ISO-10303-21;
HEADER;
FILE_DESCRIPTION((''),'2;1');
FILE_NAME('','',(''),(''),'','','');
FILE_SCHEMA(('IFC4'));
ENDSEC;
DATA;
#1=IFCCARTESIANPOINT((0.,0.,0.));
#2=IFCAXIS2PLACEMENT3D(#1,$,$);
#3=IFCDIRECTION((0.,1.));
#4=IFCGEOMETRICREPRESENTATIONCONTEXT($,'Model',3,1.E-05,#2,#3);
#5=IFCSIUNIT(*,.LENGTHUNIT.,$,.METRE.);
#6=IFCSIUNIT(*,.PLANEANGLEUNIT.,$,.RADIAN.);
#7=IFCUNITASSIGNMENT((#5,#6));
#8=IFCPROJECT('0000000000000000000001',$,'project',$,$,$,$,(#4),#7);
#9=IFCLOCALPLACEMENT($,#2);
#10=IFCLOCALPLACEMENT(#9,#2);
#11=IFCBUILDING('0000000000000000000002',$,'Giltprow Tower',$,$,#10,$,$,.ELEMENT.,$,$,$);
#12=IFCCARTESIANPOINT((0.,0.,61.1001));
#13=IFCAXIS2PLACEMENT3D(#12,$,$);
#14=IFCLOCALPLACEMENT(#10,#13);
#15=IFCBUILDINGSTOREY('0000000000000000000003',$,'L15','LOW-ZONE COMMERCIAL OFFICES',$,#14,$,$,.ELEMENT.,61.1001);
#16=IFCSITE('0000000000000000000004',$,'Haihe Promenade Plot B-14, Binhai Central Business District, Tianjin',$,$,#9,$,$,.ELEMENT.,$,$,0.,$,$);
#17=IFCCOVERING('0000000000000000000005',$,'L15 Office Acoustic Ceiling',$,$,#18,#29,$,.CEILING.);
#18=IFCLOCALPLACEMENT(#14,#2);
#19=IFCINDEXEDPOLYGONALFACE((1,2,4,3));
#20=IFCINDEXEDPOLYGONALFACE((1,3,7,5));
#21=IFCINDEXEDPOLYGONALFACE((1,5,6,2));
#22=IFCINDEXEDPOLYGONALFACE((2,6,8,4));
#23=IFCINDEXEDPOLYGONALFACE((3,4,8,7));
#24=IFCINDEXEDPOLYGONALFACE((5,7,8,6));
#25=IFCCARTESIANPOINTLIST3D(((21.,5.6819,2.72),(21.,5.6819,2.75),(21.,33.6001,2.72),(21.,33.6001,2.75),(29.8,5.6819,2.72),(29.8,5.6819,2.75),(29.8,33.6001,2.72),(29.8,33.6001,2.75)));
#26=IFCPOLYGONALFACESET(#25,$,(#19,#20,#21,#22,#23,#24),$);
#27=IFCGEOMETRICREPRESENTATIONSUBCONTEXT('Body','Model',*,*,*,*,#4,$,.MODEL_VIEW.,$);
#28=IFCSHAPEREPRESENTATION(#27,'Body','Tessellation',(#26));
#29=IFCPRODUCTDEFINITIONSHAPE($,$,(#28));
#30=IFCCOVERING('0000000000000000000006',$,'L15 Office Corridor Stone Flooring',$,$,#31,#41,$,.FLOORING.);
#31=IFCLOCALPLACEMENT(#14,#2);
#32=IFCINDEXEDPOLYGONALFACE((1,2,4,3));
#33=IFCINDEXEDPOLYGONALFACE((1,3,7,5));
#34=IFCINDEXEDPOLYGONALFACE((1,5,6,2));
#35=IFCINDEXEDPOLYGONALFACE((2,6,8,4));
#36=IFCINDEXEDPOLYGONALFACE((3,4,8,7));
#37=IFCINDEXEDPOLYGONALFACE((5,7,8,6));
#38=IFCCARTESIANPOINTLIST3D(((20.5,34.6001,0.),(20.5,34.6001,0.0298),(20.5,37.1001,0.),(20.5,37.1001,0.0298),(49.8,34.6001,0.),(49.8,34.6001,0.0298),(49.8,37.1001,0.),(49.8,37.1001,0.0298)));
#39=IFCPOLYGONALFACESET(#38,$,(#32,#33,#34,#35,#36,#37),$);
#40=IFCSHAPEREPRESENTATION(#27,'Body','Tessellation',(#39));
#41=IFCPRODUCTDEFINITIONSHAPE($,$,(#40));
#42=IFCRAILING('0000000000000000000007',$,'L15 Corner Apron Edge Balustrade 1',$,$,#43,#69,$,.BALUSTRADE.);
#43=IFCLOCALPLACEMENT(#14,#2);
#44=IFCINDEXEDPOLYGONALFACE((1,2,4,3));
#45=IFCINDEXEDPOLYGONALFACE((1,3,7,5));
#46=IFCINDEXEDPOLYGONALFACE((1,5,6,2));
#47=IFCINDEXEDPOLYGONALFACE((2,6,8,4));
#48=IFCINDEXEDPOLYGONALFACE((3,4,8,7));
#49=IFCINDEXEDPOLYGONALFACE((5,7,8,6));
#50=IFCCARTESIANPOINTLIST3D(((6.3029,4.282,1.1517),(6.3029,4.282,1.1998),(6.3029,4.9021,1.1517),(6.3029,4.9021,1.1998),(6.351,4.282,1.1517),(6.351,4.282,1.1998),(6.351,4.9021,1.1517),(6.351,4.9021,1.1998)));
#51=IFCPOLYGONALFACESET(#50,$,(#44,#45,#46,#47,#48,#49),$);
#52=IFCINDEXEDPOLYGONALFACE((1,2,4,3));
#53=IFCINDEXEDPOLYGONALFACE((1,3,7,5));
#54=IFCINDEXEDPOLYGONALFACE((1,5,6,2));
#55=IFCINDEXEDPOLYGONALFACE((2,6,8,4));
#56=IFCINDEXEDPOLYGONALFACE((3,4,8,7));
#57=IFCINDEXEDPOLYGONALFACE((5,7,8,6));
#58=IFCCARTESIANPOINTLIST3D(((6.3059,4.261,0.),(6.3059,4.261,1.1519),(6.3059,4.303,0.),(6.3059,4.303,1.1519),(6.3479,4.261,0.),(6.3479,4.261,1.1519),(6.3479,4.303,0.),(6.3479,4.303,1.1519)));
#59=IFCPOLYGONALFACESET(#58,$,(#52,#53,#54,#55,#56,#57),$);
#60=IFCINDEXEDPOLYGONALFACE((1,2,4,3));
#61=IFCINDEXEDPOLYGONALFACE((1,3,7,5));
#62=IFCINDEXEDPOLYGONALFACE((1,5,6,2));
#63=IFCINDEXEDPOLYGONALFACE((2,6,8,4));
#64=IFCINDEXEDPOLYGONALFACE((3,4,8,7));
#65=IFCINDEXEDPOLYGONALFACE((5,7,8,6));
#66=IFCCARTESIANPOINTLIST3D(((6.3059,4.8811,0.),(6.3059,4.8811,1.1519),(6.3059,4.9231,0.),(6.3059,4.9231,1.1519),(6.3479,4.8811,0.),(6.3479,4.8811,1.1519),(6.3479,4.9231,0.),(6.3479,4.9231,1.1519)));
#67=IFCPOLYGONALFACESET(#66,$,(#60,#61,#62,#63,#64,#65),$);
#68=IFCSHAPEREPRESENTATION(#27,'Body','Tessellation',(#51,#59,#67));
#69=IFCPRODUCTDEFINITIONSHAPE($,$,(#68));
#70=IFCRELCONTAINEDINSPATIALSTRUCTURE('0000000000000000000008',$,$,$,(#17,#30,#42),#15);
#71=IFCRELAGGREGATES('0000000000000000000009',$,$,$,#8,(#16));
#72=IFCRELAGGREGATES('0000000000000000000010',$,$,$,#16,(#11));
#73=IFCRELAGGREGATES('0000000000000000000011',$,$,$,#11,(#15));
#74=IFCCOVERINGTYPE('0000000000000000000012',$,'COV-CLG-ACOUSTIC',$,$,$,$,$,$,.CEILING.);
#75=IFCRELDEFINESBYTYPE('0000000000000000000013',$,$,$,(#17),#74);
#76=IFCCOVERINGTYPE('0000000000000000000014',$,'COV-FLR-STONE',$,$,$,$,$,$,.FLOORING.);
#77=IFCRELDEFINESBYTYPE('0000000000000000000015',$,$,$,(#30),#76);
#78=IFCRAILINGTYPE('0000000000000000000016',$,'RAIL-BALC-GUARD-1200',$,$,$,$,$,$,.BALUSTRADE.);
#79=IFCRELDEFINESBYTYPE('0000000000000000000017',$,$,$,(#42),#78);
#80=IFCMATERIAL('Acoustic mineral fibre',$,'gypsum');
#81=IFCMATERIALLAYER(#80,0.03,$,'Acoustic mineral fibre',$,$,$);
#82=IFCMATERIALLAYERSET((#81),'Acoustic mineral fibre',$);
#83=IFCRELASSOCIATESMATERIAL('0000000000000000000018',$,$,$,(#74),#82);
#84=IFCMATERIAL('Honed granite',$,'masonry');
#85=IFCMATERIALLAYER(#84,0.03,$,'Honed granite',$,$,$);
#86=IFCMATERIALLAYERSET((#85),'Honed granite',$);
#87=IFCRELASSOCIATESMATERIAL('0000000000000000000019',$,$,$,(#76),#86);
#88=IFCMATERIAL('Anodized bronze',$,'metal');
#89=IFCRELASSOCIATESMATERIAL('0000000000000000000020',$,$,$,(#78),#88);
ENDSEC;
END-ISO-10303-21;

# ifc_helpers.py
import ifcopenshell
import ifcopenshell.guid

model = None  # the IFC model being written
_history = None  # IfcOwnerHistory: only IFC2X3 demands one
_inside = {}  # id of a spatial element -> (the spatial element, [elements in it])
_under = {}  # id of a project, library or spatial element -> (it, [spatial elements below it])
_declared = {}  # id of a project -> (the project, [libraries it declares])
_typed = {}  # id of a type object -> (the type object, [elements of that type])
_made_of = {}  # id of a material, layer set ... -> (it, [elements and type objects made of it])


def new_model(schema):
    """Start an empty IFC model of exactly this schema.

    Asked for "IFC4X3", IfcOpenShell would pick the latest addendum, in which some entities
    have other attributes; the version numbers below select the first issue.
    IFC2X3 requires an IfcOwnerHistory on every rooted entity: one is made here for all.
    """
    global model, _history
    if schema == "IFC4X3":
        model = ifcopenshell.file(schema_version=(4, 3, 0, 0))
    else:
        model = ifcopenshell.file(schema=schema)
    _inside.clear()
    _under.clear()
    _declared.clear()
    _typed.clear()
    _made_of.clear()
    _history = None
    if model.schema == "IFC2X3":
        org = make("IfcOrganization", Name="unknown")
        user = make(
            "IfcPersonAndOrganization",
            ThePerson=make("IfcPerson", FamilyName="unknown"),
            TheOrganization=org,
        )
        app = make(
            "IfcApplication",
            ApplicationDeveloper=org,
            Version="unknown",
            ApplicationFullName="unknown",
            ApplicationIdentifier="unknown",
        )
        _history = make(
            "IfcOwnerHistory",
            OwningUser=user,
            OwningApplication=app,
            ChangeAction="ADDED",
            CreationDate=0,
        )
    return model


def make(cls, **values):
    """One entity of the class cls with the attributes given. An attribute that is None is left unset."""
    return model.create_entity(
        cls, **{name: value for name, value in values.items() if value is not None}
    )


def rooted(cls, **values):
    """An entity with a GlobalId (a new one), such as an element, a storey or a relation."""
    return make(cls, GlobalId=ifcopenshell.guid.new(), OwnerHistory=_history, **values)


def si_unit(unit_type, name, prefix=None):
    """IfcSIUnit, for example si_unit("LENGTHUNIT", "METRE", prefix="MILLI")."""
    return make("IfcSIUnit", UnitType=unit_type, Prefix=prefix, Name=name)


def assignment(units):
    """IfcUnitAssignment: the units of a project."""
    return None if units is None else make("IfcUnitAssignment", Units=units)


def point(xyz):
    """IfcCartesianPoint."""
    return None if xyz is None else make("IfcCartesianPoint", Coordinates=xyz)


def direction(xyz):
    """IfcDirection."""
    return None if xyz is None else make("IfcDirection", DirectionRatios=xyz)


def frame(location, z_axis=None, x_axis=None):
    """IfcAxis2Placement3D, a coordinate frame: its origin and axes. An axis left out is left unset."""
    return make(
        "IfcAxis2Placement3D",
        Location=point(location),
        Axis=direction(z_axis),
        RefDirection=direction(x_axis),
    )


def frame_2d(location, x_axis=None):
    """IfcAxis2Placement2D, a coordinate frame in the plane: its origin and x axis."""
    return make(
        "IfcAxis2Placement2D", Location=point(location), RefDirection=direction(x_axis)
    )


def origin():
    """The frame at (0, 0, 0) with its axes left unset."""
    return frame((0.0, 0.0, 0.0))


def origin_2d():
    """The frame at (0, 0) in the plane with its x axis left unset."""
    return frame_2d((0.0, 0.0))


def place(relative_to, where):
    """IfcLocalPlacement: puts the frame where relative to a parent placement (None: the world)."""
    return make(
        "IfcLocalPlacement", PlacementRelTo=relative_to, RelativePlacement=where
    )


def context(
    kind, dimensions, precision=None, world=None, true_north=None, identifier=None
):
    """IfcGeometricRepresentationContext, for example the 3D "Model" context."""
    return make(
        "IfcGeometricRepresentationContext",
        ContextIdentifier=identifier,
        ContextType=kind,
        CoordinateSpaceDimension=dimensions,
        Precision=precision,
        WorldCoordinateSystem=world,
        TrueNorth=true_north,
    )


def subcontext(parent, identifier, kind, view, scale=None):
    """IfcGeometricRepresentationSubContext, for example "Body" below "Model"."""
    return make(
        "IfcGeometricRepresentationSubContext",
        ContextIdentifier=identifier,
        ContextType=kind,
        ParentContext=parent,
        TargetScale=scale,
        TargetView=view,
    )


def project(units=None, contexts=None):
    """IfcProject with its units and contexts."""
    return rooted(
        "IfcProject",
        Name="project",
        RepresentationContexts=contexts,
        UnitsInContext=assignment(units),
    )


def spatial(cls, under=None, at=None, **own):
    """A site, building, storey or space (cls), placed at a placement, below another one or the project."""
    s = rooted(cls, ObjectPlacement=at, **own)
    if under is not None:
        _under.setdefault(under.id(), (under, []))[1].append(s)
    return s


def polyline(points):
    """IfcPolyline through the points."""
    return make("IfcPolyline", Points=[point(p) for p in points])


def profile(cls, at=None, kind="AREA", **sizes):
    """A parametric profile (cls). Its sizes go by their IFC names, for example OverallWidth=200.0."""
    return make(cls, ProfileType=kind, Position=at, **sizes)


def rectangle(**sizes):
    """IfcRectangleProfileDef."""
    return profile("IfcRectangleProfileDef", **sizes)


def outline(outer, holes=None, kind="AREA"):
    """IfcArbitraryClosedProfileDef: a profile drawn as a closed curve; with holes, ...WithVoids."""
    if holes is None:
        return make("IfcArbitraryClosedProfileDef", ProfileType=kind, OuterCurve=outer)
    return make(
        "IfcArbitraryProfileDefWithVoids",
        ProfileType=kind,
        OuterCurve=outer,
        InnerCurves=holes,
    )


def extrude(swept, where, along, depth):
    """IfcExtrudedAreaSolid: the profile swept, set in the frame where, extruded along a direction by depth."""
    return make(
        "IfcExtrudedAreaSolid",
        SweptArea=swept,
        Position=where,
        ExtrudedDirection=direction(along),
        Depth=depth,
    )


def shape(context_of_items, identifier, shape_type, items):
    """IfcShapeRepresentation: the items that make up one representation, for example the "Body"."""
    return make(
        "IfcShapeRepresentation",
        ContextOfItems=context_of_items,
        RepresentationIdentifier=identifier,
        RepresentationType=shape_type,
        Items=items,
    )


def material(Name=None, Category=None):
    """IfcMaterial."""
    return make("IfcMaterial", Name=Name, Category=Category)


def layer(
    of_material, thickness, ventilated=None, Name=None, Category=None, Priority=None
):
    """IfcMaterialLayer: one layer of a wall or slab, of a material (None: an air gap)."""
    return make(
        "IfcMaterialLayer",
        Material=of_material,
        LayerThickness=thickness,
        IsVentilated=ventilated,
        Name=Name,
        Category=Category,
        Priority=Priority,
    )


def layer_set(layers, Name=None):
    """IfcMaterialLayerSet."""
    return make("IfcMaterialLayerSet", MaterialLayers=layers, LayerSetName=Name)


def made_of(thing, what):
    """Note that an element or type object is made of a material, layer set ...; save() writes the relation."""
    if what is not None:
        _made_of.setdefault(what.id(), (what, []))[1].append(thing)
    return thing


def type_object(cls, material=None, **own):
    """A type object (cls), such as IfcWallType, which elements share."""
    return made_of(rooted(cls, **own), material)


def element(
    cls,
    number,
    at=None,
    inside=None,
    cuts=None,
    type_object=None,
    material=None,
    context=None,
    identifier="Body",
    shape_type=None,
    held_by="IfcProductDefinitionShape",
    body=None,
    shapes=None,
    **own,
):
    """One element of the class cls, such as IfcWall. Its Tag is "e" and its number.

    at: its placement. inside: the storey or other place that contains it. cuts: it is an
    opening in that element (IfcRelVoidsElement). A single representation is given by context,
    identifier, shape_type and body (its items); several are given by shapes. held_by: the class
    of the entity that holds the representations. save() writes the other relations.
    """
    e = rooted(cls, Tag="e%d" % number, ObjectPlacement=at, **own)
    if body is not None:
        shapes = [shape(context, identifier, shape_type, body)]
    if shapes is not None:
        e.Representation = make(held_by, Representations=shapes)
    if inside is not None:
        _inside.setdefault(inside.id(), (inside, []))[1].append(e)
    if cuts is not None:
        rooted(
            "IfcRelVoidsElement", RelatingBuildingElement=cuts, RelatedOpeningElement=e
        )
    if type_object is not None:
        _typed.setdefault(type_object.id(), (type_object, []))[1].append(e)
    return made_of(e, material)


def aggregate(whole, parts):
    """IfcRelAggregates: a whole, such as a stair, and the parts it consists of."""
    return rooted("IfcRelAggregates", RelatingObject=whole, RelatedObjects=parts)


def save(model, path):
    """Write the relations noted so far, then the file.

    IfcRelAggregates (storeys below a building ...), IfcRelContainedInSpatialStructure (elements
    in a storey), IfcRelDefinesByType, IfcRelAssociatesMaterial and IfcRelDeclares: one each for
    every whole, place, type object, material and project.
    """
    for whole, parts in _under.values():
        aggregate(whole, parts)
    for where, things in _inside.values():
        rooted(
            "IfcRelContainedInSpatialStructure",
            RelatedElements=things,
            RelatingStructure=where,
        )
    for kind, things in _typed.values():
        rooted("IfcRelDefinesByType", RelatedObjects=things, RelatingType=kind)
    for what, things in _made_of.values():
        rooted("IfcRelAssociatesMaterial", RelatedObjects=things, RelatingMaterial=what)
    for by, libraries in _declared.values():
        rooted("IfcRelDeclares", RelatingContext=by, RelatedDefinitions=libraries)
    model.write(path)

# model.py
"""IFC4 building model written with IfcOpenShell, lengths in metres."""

from ifc_helpers import new_model, si_unit, direction, frame, origin, origin_2d, place, context, subcontext, project, spatial, polyline, rectangle, outline, extrude, material, layer, layer_set, type_object, element, save


model = new_model("IFC4")

# Units and contexts
model_context = context("Model", 3, precision=1e-05, world=origin(), true_north=direction((0.0, 1.0)))
body_context = subcontext(model_context, "Body", "Model", "MODEL_VIEW")
ifc_project = project(units=[si_unit("LENGTHUNIT", "METRE"), si_unit("PLANEANGLEUNIT", "RADIAN")], contexts=[model_context])

# Site, building, storey
site_placement = place(None, origin())
site = spatial("IfcSite", under=ifc_project, at=site_placement, Name="Haihe Promenade Plot B-14, Binhai Central Business District, Tianjin", CompositionType="ELEMENT", RefElevation=0.0)
building_placement = place(site_placement, origin())
building = spatial("IfcBuilding", under=site, at=building_placement, Name="Giltprow Tower", CompositionType="ELEMENT")
storey_placement = place(building_placement, frame((0.0, 0.0, 61.1001)))
storey = spatial("IfcBuildingStorey", under=building, at=storey_placement, Name="L15", Description="LOW-ZONE COMMERCIAL OFFICES", CompositionType="ELEMENT", Elevation=61.1001)

# Shared definitions
ifc_material_1 = material(Name="Anodized bronze", Category="metal")

# Coverings
ifc_material_2 = material(Name="Acoustic mineral fibre", Category="gypsum")
ifc_layer_1 = layer(ifc_material_2, 0.03, Name="Acoustic mineral fibre")
ifc_layer_set_1 = layer_set([ifc_layer_1], Name="Acoustic mineral fibre")
covering_type_1 = type_object("IfcCoveringType", Name="COV-CLG-ACOUSTIC", PredefinedType="CEILING", material=ifc_layer_set_1)
covering_1_placement = place(storey_placement, frame((0.0, 0.0, 2.72)))
element("IfcCovering", 1, at=covering_1_placement, inside=storey, type_object=covering_type_1, Name="L15 Office Acoustic Ceiling", PredefinedType="CEILING", context=body_context, shape_type="SweptSolid", body=[
    extrude(outline(polyline([(21.0, 5.6819), (29.8, 5.6819), (29.8, 33.6001), (21.0, 33.6001), (21.0, 5.6819)])), origin(), (0.0, 0.0, 1.0), 0.03),
])
ifc_material_3 = material(Name="Honed granite", Category="masonry")
ifc_layer_2 = layer(ifc_material_3, 0.03, Name="Honed granite")
ifc_layer_set_2 = layer_set([ifc_layer_2], Name="Honed granite")
covering_type_2 = type_object("IfcCoveringType", Name="COV-FLR-STONE", PredefinedType="FLOORING", material=ifc_layer_set_2)
covering_2_placement = place(storey_placement, origin())
element("IfcCovering", 2, at=covering_2_placement, inside=storey, type_object=covering_type_2, Name="L15 Office Corridor Stone Flooring", PredefinedType="FLOORING", context=body_context, shape_type="SweptSolid", body=[
    extrude(outline(polyline([(20.5, 34.6001), (49.8, 34.6001), (49.8, 37.1001), (20.5, 37.1001), (20.5, 34.6001)])), origin(), (0.0, 0.0, 1.0), 0.0298),
])

# Railing
railing_type = type_object("IfcRailingType", Name="RAIL-BALC-GUARD-1200", PredefinedType="BALUSTRADE", material=ifc_material_1)
railing_placement = place(storey_placement, frame((6.3269, 4.282, 0.0)))
element("IfcRailing", 3, at=railing_placement, inside=storey, type_object=railing_type, Name="L15 Corner Apron Edge Balustrade 1", PredefinedType="BALUSTRADE", context=body_context, shape_type="SweptSolid", body=[
    extrude(rectangle(XDim=0.0481, YDim=0.0481, at=origin_2d()), frame((0.0, 0.0, 1.1758), z_axis=(0.0, 1.0, 0.0), x_axis=(-1.0, 0.0, 0.0)), (0.0, 0.0, 1.0), 0.6201),
    extrude(rectangle(XDim=0.042, YDim=0.042, at=origin_2d()), origin(), (0.0, 0.0, 1.0), 1.1519),
    extrude(rectangle(XDim=0.042, YDim=0.042, at=origin_2d()), frame((0.0, 0.6201, 0.0)), (0.0, 0.0, 1.0), 1.1519),
])

save(model, "model.ifc")
